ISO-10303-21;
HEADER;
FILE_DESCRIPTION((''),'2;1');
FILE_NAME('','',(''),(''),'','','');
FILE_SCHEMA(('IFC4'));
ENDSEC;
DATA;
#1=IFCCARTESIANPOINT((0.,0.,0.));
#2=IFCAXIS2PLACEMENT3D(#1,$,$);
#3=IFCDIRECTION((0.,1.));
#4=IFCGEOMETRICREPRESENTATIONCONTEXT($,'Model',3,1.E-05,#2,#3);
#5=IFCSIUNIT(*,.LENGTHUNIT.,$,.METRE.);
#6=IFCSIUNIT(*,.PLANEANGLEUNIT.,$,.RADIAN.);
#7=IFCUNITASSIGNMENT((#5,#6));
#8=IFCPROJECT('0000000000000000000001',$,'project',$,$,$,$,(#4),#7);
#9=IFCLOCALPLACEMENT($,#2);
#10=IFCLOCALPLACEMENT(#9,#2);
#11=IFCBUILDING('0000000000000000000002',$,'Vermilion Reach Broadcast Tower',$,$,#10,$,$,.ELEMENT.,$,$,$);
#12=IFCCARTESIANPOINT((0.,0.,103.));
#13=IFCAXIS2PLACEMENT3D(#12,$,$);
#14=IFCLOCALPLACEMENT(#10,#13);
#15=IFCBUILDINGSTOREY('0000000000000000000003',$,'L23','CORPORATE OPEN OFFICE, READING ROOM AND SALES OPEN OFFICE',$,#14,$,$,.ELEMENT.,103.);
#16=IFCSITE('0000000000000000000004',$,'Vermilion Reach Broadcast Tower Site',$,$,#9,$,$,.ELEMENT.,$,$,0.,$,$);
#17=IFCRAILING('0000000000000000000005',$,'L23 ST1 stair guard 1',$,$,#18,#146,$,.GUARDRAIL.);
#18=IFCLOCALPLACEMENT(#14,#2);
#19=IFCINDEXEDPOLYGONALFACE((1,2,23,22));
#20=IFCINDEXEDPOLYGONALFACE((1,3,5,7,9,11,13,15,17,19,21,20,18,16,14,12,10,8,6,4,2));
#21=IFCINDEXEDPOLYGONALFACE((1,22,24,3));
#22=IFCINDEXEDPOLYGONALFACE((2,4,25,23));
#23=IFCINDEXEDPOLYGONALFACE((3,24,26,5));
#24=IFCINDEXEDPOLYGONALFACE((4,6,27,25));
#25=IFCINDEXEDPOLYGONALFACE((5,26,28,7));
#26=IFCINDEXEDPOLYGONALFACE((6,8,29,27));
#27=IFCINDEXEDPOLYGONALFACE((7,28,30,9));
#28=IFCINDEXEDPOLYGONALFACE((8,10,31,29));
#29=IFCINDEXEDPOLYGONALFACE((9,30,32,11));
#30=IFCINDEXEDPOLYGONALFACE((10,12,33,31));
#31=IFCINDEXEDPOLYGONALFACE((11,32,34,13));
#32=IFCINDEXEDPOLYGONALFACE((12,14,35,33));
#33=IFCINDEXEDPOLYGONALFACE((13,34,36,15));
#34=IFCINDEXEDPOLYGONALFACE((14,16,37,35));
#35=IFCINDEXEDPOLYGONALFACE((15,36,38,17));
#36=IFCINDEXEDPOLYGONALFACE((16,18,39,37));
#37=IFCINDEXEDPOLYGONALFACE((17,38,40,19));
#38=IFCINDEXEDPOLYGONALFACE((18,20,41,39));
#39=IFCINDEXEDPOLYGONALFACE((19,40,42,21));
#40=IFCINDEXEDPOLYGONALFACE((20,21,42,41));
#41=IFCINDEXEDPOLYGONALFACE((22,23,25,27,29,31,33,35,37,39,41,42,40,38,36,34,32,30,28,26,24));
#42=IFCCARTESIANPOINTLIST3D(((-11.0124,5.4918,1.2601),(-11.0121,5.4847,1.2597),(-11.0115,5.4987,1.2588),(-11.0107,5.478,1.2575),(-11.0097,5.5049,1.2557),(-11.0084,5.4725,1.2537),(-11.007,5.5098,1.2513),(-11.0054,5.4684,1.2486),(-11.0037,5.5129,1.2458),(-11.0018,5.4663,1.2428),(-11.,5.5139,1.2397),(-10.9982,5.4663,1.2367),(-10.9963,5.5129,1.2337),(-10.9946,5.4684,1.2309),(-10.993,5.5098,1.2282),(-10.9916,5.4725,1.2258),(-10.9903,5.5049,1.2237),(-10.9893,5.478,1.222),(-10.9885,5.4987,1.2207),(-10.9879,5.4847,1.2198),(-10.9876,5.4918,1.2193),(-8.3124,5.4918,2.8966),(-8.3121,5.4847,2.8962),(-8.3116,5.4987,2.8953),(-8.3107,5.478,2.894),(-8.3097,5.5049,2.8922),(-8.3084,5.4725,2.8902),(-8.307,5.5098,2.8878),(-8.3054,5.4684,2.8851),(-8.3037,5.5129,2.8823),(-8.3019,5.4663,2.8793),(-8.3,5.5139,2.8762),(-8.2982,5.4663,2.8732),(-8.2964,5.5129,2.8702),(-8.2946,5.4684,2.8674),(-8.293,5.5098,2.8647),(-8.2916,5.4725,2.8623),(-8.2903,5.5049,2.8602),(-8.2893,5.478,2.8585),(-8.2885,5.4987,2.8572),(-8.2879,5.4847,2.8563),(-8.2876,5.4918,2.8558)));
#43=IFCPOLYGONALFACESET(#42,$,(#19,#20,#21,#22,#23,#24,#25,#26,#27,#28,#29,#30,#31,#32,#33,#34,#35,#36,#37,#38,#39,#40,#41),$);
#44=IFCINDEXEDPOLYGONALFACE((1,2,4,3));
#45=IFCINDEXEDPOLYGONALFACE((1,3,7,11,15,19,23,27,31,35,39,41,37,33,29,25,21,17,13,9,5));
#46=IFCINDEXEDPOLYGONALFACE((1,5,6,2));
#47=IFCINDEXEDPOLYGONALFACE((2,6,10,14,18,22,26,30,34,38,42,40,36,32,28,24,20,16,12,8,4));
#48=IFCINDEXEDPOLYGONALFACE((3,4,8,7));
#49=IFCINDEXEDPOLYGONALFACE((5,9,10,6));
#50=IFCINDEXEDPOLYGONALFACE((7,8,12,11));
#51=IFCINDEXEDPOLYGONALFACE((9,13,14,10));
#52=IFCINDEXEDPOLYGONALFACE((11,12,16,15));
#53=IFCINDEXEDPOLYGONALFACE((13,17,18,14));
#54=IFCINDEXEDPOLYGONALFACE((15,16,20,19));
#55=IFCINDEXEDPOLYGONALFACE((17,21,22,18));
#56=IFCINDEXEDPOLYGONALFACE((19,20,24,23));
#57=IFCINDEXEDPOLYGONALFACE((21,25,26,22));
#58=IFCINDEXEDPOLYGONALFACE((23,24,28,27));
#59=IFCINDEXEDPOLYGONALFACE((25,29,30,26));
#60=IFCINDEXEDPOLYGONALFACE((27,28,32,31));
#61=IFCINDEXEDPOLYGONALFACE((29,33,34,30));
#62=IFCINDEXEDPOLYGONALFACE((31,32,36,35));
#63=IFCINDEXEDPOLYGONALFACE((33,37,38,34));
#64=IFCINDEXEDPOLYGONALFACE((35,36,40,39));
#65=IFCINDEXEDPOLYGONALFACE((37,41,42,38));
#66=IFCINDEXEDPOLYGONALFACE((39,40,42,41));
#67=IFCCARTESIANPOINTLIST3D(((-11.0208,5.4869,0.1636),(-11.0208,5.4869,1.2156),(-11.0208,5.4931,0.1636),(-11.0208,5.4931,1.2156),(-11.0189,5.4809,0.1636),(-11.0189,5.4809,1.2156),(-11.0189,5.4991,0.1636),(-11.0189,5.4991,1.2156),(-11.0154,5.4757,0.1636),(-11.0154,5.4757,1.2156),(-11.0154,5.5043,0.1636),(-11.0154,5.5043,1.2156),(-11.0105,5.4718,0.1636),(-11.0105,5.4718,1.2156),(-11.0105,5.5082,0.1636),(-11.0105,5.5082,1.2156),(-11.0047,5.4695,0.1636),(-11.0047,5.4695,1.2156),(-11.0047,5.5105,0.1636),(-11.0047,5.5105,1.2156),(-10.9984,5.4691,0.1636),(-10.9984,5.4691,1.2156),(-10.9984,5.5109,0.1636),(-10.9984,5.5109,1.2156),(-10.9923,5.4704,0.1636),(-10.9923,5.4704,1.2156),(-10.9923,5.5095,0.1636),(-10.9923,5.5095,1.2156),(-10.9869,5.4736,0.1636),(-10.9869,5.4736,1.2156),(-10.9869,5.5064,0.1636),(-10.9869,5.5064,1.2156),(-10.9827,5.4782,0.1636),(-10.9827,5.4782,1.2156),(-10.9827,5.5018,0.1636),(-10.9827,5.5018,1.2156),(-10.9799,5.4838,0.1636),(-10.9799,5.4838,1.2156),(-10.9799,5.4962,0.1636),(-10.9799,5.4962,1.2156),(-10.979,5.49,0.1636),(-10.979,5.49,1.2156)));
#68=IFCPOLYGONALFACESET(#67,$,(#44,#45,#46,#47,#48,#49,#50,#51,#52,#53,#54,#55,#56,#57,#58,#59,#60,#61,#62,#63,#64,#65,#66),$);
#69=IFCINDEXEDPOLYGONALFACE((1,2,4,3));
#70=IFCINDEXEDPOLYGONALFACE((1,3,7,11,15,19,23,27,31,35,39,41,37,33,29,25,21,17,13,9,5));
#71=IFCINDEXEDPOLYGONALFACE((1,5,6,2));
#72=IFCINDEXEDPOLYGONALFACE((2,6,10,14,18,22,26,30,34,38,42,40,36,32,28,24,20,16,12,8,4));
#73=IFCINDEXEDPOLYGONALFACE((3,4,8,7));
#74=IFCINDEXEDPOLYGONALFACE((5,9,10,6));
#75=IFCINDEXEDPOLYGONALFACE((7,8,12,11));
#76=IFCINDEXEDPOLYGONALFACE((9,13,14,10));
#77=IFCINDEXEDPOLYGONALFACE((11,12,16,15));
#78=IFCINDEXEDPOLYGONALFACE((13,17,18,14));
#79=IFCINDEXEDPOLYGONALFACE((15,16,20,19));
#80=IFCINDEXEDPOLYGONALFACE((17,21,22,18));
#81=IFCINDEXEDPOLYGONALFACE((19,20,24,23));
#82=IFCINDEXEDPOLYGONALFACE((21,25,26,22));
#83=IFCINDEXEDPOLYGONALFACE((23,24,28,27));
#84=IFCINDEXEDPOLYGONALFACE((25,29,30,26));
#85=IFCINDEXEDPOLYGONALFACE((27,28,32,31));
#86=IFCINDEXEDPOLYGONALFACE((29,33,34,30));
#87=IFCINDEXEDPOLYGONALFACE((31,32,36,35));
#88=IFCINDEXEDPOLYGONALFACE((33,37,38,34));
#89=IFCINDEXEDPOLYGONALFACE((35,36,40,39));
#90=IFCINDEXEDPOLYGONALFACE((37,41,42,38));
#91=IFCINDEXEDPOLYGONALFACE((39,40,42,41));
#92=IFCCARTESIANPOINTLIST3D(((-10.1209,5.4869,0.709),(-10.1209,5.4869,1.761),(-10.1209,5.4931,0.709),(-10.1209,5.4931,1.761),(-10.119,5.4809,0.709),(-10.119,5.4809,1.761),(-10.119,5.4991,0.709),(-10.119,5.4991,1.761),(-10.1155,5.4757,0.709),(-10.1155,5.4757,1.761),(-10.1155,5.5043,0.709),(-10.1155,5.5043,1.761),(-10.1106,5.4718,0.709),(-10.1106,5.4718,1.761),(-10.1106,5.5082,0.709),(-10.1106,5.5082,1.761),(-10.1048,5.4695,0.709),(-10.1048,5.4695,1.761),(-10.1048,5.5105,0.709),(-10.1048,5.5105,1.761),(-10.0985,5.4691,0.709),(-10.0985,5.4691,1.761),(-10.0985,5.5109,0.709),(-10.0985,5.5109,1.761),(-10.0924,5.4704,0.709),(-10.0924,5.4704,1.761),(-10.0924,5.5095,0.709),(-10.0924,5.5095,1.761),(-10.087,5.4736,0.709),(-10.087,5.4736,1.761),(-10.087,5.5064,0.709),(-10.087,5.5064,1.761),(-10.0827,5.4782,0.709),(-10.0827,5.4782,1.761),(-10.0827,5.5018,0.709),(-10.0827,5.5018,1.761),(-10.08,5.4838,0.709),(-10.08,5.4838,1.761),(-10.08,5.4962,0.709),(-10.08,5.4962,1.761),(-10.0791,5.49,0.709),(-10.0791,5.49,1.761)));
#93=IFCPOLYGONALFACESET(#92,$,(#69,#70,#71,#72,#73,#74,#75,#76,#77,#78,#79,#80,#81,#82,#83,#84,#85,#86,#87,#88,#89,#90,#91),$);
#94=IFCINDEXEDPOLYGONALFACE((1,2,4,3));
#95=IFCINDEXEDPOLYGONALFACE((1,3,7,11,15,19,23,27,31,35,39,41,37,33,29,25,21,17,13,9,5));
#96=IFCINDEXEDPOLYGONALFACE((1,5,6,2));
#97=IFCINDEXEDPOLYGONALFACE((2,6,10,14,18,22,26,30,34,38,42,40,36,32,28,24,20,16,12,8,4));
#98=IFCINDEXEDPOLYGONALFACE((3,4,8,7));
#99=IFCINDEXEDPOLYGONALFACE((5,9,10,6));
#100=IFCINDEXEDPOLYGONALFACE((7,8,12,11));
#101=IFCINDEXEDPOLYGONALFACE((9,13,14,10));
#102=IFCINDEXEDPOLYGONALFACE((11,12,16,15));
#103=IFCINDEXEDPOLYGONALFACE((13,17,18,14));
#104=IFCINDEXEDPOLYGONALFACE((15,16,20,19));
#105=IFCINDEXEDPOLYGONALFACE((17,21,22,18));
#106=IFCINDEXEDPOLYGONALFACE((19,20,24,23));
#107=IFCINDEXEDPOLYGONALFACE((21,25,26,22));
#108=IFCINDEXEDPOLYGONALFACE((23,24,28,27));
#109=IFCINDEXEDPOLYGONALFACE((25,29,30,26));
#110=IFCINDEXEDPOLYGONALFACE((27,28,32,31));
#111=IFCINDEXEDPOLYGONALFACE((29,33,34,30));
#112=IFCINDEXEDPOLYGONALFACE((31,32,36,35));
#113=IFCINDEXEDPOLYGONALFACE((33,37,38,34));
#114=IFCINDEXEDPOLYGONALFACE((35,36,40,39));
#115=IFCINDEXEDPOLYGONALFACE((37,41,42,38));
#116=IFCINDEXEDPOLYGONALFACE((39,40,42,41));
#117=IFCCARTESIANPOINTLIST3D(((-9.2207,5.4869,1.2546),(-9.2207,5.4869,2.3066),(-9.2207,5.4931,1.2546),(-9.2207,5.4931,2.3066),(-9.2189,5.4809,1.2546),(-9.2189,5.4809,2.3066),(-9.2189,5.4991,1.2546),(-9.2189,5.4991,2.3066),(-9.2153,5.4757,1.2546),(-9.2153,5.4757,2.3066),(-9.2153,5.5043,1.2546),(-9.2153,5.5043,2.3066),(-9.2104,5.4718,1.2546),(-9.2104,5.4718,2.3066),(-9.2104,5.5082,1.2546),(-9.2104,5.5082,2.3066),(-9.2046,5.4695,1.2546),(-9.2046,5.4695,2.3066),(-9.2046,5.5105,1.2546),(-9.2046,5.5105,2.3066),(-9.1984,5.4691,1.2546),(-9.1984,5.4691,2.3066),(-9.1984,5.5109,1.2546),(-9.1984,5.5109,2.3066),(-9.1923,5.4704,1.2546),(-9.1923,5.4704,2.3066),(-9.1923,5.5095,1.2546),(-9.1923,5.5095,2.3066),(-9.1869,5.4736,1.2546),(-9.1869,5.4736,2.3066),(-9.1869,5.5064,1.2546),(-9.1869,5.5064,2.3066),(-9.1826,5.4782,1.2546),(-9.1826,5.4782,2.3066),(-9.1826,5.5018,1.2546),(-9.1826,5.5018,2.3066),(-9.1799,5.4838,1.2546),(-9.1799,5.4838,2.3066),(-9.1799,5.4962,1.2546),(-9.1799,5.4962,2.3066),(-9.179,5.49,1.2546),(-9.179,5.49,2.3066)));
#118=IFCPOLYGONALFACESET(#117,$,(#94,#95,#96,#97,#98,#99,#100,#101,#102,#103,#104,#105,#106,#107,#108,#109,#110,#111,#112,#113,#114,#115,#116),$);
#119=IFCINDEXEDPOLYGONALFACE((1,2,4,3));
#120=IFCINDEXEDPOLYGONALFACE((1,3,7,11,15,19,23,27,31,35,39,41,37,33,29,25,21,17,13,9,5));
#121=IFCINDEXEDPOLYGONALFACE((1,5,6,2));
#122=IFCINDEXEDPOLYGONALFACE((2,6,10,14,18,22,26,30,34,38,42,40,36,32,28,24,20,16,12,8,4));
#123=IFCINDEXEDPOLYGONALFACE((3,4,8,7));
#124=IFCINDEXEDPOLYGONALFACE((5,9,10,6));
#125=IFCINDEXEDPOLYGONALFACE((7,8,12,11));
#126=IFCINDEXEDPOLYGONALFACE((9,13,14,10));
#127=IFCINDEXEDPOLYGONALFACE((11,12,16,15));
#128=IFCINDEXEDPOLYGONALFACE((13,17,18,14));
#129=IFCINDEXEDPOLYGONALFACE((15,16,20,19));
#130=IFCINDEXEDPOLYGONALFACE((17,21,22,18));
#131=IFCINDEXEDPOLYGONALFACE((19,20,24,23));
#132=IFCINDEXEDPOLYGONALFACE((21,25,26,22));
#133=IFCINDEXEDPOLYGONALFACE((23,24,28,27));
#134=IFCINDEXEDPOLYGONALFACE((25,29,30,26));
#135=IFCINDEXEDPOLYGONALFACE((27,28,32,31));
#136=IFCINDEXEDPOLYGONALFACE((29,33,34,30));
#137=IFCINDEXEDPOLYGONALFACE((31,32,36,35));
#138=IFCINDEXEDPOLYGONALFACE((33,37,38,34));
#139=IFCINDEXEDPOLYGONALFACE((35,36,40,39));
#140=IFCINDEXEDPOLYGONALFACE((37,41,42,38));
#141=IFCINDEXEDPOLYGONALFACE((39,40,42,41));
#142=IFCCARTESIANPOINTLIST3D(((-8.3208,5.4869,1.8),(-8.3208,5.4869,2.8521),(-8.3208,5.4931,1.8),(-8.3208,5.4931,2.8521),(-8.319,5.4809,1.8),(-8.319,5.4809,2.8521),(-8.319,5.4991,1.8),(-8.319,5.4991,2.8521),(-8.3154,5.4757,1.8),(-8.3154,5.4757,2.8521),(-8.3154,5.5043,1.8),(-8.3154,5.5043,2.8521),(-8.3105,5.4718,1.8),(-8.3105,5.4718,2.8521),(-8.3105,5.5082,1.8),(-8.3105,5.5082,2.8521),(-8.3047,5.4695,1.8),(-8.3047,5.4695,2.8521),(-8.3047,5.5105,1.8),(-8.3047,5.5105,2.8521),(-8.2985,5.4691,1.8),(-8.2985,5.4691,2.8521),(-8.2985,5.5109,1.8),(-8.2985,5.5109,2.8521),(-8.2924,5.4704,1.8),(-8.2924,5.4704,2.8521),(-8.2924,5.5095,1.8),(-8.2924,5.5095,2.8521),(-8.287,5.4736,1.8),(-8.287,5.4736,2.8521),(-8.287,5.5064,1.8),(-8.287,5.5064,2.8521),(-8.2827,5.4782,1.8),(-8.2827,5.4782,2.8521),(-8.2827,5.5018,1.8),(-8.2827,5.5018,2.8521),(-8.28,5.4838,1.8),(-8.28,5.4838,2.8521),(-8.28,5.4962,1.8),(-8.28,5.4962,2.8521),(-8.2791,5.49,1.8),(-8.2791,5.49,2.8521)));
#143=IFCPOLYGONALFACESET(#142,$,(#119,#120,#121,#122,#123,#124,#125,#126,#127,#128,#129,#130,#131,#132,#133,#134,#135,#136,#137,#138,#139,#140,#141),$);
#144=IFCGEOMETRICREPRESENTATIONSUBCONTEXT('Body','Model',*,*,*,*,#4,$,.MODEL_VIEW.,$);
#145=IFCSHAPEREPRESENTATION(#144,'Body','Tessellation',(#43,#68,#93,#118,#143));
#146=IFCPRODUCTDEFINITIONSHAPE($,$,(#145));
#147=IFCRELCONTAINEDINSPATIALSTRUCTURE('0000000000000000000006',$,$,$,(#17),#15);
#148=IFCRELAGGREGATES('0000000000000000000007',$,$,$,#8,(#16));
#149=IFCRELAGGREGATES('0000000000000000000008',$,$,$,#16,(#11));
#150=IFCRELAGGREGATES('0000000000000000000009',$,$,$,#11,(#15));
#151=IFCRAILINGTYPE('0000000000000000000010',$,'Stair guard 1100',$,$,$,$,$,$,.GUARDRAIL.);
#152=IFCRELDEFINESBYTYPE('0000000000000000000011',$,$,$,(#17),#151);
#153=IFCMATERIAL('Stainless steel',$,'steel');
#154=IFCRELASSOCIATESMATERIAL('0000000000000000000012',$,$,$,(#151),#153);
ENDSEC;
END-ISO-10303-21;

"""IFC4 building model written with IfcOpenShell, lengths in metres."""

from ifc_helpers import new_model, si_unit, direction, frame, origin, origin_2d, place, context, subcontext, project, spatial, circle, extrude, material, type_object, element, save


model = new_model("IFC4")

# Units and contexts
model_context = context("Model", 3, precision=1e-05, world=origin(), true_north=direction((0.0, 1.0)))
body_context = subcontext(model_context, "Body", "Model", "MODEL_VIEW")
ifc_project = project(units=[si_unit("LENGTHUNIT", "METRE"), si_unit("PLANEANGLEUNIT", "RADIAN")], contexts=[model_context])

# Site, building, storey
site_placement = place(None, origin())
site = spatial("IfcSite", under=ifc_project, at=site_placement, Name="Vermilion Reach Broadcast Tower Site", CompositionType="ELEMENT", RefElevation=0.0)
building_placement = place(site_placement, origin())
building = spatial("IfcBuilding", under=site, at=building_placement, Name="Vermilion Reach Broadcast Tower", CompositionType="ELEMENT")
storey_placement = place(building_placement, frame((0.0, 0.0, 103.0)))
storey = spatial("IfcBuildingStorey", under=building, at=storey_placement, Name="L23", Description="CORPORATE OPEN OFFICE, READING ROOM AND SALES OPEN OFFICE", CompositionType="ELEMENT", Elevation=103.0)

# Railing
ifc_material_1 = material(Name="Stainless steel", Category="steel")
railing_type_1 = type_object("IfcRailingType", Name="Stair guard 1100", PredefinedType="GUARDRAIL", material=ifc_material_1)
railing_1_placement = place(storey_placement, frame((-11.0, 5.49, 0.1636)))
element("IfcRailing", 1, at=railing_1_placement, inside=storey, type_object=railing_type_1, Name="L23 ST1 stair guard 1", PredefinedType="GUARDRAIL", context=body_context, shape_type="SweptSolid", body=[
    extrude(circle(Radius=0.0239, at=origin_2d()), frame((0.0, 0.0, 1.0762), z_axis=(0.855178, 0.0, 0.518334), x_axis=(0.0, 1.0, 0.0)), (0.0, 0.0, 1.0), 3.1572),
    extrude(circle(Radius=0.021, at=origin_2d()), origin(), (0.0, 0.0, 1.0), 1.052),
    extrude(circle(Radius=0.021, at=origin_2d()), frame((0.8999, 0.0, 0.5454)), (0.0, 0.0, 1.0), 1.052),
    extrude(circle(Radius=0.021, at=origin_2d()), frame((1.8, 0.0, 1.0911)), (0.0, 0.0, 1.0), 1.052),
    extrude(circle(Radius=0.021, at=origin_2d()), frame((2.7, 0.0, 1.6365)), (0.0, 0.0, 1.0), 1.052),
])

save(model, "model.ifc")
